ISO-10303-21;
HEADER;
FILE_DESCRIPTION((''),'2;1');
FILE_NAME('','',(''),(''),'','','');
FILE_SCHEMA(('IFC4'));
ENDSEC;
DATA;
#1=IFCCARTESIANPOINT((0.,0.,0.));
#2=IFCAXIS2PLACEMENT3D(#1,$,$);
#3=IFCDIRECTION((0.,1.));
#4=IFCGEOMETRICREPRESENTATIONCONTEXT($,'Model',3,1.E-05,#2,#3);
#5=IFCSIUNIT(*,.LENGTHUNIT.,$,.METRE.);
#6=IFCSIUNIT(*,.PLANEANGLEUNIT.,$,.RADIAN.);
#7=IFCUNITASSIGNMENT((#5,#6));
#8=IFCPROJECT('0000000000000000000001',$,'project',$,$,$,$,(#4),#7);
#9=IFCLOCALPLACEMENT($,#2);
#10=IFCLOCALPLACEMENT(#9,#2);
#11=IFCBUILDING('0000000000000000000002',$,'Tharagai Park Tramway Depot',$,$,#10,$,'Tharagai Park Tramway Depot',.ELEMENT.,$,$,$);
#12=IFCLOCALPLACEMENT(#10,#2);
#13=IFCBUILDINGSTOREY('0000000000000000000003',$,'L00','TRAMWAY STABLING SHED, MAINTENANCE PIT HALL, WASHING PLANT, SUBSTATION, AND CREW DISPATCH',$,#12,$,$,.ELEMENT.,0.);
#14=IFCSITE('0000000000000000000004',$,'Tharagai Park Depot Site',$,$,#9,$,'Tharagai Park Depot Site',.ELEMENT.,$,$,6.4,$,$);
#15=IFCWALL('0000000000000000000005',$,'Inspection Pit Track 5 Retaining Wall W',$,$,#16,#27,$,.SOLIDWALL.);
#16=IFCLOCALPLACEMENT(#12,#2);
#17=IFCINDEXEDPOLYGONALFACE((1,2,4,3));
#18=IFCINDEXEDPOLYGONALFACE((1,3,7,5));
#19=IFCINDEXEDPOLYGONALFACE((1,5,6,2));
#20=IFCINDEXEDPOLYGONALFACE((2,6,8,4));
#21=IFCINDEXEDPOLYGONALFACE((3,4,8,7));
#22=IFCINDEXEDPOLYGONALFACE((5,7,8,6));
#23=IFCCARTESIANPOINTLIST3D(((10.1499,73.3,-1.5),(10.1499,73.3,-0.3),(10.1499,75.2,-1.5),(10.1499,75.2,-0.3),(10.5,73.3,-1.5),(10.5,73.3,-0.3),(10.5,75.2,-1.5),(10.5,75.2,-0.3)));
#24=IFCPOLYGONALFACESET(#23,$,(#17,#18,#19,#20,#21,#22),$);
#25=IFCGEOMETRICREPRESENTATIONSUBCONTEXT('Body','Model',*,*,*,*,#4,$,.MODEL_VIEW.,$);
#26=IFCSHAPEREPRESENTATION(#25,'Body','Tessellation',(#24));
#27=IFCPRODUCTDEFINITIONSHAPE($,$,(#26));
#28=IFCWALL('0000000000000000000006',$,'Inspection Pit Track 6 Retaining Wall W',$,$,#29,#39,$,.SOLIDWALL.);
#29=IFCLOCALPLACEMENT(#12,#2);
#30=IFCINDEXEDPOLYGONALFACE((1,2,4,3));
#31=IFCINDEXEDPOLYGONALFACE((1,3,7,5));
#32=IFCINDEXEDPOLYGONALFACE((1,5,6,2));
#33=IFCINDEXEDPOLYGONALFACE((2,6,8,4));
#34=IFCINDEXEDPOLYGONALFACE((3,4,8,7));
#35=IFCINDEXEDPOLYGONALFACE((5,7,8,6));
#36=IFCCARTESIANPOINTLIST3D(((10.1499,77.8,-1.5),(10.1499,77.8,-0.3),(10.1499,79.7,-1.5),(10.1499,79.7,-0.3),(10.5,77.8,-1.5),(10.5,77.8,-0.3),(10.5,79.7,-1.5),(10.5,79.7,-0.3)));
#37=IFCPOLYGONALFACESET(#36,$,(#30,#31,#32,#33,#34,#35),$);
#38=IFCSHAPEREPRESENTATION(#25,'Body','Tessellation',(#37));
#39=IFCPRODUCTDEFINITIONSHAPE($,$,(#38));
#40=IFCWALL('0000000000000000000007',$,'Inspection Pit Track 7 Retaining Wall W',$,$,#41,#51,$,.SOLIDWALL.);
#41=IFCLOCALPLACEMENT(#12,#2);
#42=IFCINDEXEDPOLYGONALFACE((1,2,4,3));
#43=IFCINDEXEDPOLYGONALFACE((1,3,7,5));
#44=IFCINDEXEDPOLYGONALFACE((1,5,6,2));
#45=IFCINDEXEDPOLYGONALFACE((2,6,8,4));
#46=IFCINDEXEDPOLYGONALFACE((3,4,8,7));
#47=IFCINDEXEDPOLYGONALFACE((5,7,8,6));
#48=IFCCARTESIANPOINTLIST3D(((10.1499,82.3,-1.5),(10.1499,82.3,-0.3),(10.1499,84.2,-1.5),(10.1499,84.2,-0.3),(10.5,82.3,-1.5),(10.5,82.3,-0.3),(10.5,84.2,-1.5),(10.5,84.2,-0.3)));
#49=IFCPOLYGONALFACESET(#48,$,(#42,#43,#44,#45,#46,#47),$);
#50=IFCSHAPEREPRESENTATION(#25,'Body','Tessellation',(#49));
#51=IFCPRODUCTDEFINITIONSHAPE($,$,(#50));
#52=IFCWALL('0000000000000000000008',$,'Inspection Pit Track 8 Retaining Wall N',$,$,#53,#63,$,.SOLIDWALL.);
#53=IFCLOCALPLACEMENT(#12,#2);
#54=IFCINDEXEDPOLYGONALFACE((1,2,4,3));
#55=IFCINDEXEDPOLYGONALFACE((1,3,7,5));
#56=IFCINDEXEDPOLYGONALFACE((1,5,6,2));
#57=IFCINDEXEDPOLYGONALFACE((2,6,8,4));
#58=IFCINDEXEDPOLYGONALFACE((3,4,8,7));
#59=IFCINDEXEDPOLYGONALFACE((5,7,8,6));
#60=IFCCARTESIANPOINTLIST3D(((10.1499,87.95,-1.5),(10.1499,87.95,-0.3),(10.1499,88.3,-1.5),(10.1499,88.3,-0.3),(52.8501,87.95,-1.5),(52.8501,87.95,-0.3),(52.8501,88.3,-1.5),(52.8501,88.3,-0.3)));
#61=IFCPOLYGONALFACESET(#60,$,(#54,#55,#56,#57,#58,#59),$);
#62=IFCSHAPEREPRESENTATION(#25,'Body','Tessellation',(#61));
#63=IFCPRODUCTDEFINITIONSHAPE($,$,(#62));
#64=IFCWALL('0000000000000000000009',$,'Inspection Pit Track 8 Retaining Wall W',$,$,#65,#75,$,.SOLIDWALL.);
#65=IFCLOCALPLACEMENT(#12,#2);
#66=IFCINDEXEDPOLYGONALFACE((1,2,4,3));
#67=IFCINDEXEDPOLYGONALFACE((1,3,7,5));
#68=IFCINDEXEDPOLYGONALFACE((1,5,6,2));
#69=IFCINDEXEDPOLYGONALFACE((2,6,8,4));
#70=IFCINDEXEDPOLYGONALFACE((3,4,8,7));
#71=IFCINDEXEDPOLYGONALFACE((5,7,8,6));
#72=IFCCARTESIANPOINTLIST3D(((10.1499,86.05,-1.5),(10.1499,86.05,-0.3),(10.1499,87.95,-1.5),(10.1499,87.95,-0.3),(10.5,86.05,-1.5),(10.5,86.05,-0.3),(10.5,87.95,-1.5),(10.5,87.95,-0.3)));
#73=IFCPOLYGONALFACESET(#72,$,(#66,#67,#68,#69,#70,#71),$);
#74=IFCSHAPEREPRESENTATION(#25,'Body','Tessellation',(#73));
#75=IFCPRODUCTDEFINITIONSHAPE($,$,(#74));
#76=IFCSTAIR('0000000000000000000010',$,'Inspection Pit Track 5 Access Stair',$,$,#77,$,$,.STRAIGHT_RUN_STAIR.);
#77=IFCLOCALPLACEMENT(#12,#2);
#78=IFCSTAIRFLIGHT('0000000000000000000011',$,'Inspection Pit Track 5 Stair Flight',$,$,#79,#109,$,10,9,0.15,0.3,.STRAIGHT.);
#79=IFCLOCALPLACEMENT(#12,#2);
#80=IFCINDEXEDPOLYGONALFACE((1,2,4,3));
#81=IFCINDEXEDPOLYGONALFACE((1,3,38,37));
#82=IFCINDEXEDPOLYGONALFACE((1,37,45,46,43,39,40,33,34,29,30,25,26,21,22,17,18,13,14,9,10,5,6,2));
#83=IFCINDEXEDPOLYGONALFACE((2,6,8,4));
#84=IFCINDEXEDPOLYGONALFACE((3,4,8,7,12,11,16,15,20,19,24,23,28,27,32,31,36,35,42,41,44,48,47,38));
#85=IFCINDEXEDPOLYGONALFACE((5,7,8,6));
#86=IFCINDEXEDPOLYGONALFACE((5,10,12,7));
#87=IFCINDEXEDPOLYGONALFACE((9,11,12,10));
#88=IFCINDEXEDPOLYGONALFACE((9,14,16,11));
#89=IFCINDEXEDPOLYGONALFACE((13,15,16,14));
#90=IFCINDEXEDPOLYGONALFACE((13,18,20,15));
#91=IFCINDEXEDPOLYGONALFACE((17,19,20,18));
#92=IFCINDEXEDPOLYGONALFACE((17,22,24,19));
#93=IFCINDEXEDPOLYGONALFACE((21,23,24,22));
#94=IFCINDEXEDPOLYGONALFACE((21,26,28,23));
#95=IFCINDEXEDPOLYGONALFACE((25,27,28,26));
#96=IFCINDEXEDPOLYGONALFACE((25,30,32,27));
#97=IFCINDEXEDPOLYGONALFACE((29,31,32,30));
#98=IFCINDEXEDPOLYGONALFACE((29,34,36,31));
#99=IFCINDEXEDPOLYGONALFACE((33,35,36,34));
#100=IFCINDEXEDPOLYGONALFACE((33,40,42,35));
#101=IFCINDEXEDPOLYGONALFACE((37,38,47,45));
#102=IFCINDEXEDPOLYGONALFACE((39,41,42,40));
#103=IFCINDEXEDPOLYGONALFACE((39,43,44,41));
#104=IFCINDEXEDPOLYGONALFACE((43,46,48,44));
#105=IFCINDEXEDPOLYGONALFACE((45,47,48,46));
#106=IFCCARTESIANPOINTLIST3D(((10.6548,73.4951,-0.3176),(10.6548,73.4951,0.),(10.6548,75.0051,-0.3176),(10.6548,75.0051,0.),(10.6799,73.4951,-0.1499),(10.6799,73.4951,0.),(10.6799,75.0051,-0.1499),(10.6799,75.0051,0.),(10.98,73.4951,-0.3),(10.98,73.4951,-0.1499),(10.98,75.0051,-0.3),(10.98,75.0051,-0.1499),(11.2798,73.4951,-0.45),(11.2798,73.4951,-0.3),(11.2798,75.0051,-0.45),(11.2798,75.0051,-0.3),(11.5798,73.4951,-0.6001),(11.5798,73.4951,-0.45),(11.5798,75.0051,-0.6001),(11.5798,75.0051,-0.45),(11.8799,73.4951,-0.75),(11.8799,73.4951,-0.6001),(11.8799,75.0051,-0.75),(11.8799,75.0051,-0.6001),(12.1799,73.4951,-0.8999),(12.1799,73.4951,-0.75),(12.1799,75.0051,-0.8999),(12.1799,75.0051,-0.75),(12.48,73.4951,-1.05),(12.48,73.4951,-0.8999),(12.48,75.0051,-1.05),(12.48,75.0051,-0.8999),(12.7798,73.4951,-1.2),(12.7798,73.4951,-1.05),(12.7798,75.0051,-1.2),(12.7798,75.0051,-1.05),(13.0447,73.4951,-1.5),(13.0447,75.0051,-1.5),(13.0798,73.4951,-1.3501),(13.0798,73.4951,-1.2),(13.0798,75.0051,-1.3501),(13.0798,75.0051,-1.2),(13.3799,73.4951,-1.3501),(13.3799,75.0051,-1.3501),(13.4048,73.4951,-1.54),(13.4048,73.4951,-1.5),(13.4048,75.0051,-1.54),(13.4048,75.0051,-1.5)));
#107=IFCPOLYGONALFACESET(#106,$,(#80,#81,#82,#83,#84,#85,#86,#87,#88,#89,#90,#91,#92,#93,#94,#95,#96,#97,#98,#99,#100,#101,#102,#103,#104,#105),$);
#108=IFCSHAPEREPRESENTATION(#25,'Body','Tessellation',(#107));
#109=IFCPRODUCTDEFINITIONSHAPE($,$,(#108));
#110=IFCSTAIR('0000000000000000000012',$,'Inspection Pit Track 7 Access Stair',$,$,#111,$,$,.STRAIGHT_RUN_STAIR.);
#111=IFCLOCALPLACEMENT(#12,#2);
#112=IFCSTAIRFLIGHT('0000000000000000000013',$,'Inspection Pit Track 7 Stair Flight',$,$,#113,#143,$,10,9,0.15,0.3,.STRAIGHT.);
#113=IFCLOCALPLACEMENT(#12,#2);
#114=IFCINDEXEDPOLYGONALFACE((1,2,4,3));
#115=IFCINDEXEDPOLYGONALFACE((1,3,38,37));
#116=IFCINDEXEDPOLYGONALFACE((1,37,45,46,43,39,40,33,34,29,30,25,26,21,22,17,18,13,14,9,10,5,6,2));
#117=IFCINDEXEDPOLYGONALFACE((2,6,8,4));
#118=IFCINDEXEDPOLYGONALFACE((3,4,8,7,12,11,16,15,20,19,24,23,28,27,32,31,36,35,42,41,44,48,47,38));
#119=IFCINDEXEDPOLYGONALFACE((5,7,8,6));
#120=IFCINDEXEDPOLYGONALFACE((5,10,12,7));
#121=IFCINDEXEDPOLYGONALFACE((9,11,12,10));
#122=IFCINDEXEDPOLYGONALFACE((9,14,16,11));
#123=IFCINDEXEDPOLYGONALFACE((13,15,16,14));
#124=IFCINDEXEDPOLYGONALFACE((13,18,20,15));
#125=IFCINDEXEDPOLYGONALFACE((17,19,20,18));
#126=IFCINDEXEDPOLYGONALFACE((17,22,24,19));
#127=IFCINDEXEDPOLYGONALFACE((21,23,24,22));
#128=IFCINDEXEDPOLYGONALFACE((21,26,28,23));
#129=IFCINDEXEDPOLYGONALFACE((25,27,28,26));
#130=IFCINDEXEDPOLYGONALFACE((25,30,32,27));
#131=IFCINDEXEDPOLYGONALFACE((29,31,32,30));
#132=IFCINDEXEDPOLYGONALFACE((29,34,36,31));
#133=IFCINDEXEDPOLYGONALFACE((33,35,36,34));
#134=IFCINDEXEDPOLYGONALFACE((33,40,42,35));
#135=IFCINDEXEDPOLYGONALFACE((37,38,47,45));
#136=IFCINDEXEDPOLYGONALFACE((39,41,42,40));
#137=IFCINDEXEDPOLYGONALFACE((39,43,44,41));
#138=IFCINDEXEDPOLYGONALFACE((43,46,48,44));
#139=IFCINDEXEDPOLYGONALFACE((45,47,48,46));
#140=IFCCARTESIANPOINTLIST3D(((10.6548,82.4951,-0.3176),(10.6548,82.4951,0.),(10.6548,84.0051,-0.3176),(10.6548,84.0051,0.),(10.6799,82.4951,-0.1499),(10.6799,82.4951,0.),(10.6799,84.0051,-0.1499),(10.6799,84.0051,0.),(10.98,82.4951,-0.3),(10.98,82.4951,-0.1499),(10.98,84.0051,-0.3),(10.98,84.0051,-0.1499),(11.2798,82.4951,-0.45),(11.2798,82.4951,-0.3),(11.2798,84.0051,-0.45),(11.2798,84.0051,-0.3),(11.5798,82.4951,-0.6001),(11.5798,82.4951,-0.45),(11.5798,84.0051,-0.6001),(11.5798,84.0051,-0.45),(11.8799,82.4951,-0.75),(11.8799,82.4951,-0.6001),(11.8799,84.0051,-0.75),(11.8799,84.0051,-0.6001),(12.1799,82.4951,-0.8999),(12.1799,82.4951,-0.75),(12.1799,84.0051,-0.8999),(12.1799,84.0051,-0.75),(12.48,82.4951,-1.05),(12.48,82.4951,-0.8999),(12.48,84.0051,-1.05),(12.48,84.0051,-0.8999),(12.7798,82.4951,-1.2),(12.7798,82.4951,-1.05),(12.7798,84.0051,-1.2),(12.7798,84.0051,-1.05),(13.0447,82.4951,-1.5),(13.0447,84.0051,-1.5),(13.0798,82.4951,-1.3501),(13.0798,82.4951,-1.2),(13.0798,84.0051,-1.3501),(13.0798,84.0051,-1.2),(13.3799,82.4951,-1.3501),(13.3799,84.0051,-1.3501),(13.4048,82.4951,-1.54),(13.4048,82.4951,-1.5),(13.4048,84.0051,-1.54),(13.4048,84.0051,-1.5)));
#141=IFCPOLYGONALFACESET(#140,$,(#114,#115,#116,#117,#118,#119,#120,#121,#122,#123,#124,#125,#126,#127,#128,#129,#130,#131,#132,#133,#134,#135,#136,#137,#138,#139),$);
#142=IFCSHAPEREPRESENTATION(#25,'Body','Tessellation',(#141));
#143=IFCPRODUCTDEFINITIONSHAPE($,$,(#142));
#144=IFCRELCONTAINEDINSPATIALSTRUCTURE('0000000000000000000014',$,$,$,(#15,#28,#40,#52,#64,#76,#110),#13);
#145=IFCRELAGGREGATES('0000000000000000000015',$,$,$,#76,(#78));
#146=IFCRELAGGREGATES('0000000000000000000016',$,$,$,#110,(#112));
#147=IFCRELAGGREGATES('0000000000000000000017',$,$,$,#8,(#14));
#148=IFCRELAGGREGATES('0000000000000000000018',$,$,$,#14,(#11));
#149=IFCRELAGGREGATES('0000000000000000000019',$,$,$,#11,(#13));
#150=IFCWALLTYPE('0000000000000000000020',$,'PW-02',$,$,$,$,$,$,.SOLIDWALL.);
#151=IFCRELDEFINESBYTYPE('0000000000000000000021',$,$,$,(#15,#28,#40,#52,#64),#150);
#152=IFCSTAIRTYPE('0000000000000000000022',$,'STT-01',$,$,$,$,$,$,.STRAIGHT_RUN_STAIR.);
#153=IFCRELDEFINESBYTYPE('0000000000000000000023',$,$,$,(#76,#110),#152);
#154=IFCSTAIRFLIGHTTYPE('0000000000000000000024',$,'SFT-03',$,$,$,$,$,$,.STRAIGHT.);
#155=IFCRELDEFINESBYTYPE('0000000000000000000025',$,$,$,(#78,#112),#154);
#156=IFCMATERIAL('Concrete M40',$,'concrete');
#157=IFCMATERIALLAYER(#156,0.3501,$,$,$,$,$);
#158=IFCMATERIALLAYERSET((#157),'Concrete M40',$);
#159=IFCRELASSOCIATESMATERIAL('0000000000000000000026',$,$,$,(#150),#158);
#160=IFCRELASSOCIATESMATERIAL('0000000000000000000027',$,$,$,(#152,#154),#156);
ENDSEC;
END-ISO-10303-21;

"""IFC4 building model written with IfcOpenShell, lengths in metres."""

from ifc_helpers import new_model, si_unit, direction, frame, frame_2d, origin, place, context, subcontext, project, spatial, polyline, rectangle, outline, extrude, material, layer, layer_set, type_object, element, aggregate, save


model = new_model("IFC4")

# Units and contexts
model_context = context("Model", 3, precision=1e-05, world=origin(), true_north=direction((0.0, 1.0)))
body_context = subcontext(model_context, "Body", "Model", "MODEL_VIEW")
ifc_project = project(units=[si_unit("LENGTHUNIT", "METRE"), si_unit("PLANEANGLEUNIT", "RADIAN")], contexts=[model_context])

# Site, building, storey
site_placement = place(None, origin())
site = spatial("IfcSite", under=ifc_project, at=site_placement, Name="Tharagai Park Depot Site", LongName="Tharagai Park Depot Site", CompositionType="ELEMENT", RefElevation=6.4)
building_placement = place(site_placement, origin())
building = spatial("IfcBuilding", under=site, at=building_placement, Name="Tharagai Park Tramway Depot", LongName="Tharagai Park Tramway Depot", CompositionType="ELEMENT")
storey_placement = place(building_placement, origin())
storey = spatial("IfcBuildingStorey", under=building, at=storey_placement, Name="L00", Description="TRAMWAY STABLING SHED, MAINTENANCE PIT HALL, WASHING PLANT, SUBSTATION, AND CREW DISPATCH", CompositionType="ELEMENT", Elevation=0.0)

# Shared definitions
ifc_material_1 = material(Name="Concrete M40", Category="concrete")

# Walls
ifc_layer = layer(ifc_material_1, 0.3501)
ifc_layer_set = layer_set([ifc_layer], Name="Concrete M40")
wall_type = type_object("IfcWallType", Name="PW-02", PredefinedType="SOLIDWALL", material=ifc_layer_set)
for number, where, z_axis, x_axis, name in (
    (1, (10.325, 73.3, -1.5), (0.0, 0.0, 1.0), (0.0, 1.0, 0.0), "Inspection Pit Track 5 Retaining Wall W"),
    (2, (10.325, 77.8, -1.5), (0.0, 0.0, 1.0), (0.0, 1.0, 0.0), "Inspection Pit Track 6 Retaining Wall W"),
    (3, (10.325, 82.3, -1.5), (0.0, 0.0, 1.0), (0.0, 1.0, 0.0), "Inspection Pit Track 7 Retaining Wall W"),
):
    element("IfcWall", number, at=place(storey_placement, frame(where, z_axis=z_axis, x_axis=x_axis)), inside=storey, type_object=wall_type, Name=name, PredefinedType="SOLIDWALL", context=body_context, shape_type="SweptSolid", body=[
        extrude(rectangle(XDim=1.8999, YDim=0.3501, at=frame_2d((0.95, 0.0))), origin(), (0.0, 0.0, 1.0), 1.2),
    ])
wall_1_placement = place(storey_placement, frame((10.1499, 88.125, -1.5), z_axis=(0.0, 0.0, 1.0), x_axis=(1.0, 0.0, 0.0)))
element("IfcWall", 4, at=wall_1_placement, inside=storey, type_object=wall_type, Name="Inspection Pit Track 8 Retaining Wall N", PredefinedType="SOLIDWALL", context=body_context, shape_type="SweptSolid", body=[
    extrude(rectangle(XDim=42.7002, YDim=0.3501, at=frame_2d((21.3501, 0.0))), origin(), (0.0, 0.0, 1.0), 1.2),
])
wall_2_placement = place(storey_placement, frame((10.325, 86.05, -1.5), z_axis=(0.0, 0.0, 1.0), x_axis=(0.0, 1.0, 0.0)))
element("IfcWall", 5, at=wall_2_placement, inside=storey, type_object=wall_type, Name="Inspection Pit Track 8 Retaining Wall W", PredefinedType="SOLIDWALL", context=body_context, shape_type="SweptSolid", body=[
    extrude(rectangle(XDim=1.8999, YDim=0.3501, at=frame_2d((0.95, 0.0))), origin(), (0.0, 0.0, 1.0), 1.2),
])

# Stairs, stair flights
stair_type = type_object("IfcStairType", Name="STT-01", PredefinedType="STRAIGHT_RUN_STAIR", material=ifc_material_1)
stair_1_placement = place(storey_placement, origin())
stair_1 = element("IfcStair", 6, at=stair_1_placement, inside=storey, type_object=stair_type, Name="Inspection Pit Track 5 Access Stair", PredefinedType="STRAIGHT_RUN_STAIR")
stair_flight_type = type_object("IfcStairFlightType", Name="SFT-03", PredefinedType="STRAIGHT", material=ifc_material_1)
stair_flight_1_placement = place(storey_placement, frame((13.3799, 74.25, -1.5), z_axis=(0.0, 0.0, 1.0), x_axis=(-1.0, 0.0, 0.0)))
stair_flight_1 = element("IfcStairFlight", 7, at=stair_flight_1_placement, type_object=stair_flight_type, Name="Inspection Pit Track 5 Stair Flight", NumberOfRisers=10, NumberOfTreads=9, PredefinedType="STRAIGHT", RiserHeight=0.15, TreadLength=0.3, context=body_context, shape_type="SweptSolid", body=[
    extrude(outline(polyline([(-0.0249, 0.0), (0.0, 0.1499), (0.3, 0.1499), (0.3, 0.3), (0.6001, 0.3), (0.6001, 0.45), (0.8999, 0.45), (0.8999, 0.6001), (1.2, 0.6001), (1.2, 0.75), (1.5, 0.75), (1.5, 0.8999), (1.8, 0.8999), (1.8, 1.05), (2.1001, 1.05), (2.1001, 1.2), (2.3999, 1.2), (2.3999, 1.3501), (2.7, 1.3501), (2.7, 1.5), (2.7251, 1.5), (2.7251, 1.1824), (0.3352, 0.0), (-0.0249, -0.04), (-0.0249, 0.0)])), frame((0.0, 0.7549, 0.0), z_axis=(0.0, -1.0, 0.0), x_axis=(1.0, 0.0, 0.0)), (0.0, 0.0, 1.0), 1.51),
])
aggregate(stair_1, [stair_flight_1])
stair_2_placement = place(storey_placement, origin())
stair_2 = element("IfcStair", 8, at=stair_2_placement, inside=storey, type_object=stair_type, Name="Inspection Pit Track 7 Access Stair", PredefinedType="STRAIGHT_RUN_STAIR")
stair_flight_2_placement = place(storey_placement, frame((13.3799, 83.25, -1.5), z_axis=(0.0, 0.0, 1.0), x_axis=(-1.0, 0.0, 0.0)))
stair_flight_2 = element("IfcStairFlight", 9, at=stair_flight_2_placement, type_object=stair_flight_type, Name="Inspection Pit Track 7 Stair Flight", NumberOfRisers=10, NumberOfTreads=9, PredefinedType="STRAIGHT", RiserHeight=0.15, TreadLength=0.3, context=body_context, shape_type="SweptSolid", body=[
    extrude(outline(polyline([(-0.0249, 0.0), (0.0, 0.1499), (0.3, 0.1499), (0.3, 0.3), (0.6001, 0.3), (0.6001, 0.45), (0.8999, 0.45), (0.8999, 0.6001), (1.2, 0.6001), (1.2, 0.75), (1.5, 0.75), (1.5, 0.8999), (1.8, 0.8999), (1.8, 1.05), (2.1001, 1.05), (2.1001, 1.2), (2.3999, 1.2), (2.3999, 1.3501), (2.7, 1.3501), (2.7, 1.5), (2.7251, 1.5), (2.7251, 1.1824), (0.3352, 0.0), (-0.0249, -0.04), (-0.0249, 0.0)])), frame((0.0, 0.7549, 0.0), z_axis=(0.0, -1.0, 0.0), x_axis=(1.0, 0.0, 0.0)), (0.0, 0.0, 1.0), 1.51),
])
aggregate(stair_2, [stair_flight_2])

save(model, "model.ifc")
